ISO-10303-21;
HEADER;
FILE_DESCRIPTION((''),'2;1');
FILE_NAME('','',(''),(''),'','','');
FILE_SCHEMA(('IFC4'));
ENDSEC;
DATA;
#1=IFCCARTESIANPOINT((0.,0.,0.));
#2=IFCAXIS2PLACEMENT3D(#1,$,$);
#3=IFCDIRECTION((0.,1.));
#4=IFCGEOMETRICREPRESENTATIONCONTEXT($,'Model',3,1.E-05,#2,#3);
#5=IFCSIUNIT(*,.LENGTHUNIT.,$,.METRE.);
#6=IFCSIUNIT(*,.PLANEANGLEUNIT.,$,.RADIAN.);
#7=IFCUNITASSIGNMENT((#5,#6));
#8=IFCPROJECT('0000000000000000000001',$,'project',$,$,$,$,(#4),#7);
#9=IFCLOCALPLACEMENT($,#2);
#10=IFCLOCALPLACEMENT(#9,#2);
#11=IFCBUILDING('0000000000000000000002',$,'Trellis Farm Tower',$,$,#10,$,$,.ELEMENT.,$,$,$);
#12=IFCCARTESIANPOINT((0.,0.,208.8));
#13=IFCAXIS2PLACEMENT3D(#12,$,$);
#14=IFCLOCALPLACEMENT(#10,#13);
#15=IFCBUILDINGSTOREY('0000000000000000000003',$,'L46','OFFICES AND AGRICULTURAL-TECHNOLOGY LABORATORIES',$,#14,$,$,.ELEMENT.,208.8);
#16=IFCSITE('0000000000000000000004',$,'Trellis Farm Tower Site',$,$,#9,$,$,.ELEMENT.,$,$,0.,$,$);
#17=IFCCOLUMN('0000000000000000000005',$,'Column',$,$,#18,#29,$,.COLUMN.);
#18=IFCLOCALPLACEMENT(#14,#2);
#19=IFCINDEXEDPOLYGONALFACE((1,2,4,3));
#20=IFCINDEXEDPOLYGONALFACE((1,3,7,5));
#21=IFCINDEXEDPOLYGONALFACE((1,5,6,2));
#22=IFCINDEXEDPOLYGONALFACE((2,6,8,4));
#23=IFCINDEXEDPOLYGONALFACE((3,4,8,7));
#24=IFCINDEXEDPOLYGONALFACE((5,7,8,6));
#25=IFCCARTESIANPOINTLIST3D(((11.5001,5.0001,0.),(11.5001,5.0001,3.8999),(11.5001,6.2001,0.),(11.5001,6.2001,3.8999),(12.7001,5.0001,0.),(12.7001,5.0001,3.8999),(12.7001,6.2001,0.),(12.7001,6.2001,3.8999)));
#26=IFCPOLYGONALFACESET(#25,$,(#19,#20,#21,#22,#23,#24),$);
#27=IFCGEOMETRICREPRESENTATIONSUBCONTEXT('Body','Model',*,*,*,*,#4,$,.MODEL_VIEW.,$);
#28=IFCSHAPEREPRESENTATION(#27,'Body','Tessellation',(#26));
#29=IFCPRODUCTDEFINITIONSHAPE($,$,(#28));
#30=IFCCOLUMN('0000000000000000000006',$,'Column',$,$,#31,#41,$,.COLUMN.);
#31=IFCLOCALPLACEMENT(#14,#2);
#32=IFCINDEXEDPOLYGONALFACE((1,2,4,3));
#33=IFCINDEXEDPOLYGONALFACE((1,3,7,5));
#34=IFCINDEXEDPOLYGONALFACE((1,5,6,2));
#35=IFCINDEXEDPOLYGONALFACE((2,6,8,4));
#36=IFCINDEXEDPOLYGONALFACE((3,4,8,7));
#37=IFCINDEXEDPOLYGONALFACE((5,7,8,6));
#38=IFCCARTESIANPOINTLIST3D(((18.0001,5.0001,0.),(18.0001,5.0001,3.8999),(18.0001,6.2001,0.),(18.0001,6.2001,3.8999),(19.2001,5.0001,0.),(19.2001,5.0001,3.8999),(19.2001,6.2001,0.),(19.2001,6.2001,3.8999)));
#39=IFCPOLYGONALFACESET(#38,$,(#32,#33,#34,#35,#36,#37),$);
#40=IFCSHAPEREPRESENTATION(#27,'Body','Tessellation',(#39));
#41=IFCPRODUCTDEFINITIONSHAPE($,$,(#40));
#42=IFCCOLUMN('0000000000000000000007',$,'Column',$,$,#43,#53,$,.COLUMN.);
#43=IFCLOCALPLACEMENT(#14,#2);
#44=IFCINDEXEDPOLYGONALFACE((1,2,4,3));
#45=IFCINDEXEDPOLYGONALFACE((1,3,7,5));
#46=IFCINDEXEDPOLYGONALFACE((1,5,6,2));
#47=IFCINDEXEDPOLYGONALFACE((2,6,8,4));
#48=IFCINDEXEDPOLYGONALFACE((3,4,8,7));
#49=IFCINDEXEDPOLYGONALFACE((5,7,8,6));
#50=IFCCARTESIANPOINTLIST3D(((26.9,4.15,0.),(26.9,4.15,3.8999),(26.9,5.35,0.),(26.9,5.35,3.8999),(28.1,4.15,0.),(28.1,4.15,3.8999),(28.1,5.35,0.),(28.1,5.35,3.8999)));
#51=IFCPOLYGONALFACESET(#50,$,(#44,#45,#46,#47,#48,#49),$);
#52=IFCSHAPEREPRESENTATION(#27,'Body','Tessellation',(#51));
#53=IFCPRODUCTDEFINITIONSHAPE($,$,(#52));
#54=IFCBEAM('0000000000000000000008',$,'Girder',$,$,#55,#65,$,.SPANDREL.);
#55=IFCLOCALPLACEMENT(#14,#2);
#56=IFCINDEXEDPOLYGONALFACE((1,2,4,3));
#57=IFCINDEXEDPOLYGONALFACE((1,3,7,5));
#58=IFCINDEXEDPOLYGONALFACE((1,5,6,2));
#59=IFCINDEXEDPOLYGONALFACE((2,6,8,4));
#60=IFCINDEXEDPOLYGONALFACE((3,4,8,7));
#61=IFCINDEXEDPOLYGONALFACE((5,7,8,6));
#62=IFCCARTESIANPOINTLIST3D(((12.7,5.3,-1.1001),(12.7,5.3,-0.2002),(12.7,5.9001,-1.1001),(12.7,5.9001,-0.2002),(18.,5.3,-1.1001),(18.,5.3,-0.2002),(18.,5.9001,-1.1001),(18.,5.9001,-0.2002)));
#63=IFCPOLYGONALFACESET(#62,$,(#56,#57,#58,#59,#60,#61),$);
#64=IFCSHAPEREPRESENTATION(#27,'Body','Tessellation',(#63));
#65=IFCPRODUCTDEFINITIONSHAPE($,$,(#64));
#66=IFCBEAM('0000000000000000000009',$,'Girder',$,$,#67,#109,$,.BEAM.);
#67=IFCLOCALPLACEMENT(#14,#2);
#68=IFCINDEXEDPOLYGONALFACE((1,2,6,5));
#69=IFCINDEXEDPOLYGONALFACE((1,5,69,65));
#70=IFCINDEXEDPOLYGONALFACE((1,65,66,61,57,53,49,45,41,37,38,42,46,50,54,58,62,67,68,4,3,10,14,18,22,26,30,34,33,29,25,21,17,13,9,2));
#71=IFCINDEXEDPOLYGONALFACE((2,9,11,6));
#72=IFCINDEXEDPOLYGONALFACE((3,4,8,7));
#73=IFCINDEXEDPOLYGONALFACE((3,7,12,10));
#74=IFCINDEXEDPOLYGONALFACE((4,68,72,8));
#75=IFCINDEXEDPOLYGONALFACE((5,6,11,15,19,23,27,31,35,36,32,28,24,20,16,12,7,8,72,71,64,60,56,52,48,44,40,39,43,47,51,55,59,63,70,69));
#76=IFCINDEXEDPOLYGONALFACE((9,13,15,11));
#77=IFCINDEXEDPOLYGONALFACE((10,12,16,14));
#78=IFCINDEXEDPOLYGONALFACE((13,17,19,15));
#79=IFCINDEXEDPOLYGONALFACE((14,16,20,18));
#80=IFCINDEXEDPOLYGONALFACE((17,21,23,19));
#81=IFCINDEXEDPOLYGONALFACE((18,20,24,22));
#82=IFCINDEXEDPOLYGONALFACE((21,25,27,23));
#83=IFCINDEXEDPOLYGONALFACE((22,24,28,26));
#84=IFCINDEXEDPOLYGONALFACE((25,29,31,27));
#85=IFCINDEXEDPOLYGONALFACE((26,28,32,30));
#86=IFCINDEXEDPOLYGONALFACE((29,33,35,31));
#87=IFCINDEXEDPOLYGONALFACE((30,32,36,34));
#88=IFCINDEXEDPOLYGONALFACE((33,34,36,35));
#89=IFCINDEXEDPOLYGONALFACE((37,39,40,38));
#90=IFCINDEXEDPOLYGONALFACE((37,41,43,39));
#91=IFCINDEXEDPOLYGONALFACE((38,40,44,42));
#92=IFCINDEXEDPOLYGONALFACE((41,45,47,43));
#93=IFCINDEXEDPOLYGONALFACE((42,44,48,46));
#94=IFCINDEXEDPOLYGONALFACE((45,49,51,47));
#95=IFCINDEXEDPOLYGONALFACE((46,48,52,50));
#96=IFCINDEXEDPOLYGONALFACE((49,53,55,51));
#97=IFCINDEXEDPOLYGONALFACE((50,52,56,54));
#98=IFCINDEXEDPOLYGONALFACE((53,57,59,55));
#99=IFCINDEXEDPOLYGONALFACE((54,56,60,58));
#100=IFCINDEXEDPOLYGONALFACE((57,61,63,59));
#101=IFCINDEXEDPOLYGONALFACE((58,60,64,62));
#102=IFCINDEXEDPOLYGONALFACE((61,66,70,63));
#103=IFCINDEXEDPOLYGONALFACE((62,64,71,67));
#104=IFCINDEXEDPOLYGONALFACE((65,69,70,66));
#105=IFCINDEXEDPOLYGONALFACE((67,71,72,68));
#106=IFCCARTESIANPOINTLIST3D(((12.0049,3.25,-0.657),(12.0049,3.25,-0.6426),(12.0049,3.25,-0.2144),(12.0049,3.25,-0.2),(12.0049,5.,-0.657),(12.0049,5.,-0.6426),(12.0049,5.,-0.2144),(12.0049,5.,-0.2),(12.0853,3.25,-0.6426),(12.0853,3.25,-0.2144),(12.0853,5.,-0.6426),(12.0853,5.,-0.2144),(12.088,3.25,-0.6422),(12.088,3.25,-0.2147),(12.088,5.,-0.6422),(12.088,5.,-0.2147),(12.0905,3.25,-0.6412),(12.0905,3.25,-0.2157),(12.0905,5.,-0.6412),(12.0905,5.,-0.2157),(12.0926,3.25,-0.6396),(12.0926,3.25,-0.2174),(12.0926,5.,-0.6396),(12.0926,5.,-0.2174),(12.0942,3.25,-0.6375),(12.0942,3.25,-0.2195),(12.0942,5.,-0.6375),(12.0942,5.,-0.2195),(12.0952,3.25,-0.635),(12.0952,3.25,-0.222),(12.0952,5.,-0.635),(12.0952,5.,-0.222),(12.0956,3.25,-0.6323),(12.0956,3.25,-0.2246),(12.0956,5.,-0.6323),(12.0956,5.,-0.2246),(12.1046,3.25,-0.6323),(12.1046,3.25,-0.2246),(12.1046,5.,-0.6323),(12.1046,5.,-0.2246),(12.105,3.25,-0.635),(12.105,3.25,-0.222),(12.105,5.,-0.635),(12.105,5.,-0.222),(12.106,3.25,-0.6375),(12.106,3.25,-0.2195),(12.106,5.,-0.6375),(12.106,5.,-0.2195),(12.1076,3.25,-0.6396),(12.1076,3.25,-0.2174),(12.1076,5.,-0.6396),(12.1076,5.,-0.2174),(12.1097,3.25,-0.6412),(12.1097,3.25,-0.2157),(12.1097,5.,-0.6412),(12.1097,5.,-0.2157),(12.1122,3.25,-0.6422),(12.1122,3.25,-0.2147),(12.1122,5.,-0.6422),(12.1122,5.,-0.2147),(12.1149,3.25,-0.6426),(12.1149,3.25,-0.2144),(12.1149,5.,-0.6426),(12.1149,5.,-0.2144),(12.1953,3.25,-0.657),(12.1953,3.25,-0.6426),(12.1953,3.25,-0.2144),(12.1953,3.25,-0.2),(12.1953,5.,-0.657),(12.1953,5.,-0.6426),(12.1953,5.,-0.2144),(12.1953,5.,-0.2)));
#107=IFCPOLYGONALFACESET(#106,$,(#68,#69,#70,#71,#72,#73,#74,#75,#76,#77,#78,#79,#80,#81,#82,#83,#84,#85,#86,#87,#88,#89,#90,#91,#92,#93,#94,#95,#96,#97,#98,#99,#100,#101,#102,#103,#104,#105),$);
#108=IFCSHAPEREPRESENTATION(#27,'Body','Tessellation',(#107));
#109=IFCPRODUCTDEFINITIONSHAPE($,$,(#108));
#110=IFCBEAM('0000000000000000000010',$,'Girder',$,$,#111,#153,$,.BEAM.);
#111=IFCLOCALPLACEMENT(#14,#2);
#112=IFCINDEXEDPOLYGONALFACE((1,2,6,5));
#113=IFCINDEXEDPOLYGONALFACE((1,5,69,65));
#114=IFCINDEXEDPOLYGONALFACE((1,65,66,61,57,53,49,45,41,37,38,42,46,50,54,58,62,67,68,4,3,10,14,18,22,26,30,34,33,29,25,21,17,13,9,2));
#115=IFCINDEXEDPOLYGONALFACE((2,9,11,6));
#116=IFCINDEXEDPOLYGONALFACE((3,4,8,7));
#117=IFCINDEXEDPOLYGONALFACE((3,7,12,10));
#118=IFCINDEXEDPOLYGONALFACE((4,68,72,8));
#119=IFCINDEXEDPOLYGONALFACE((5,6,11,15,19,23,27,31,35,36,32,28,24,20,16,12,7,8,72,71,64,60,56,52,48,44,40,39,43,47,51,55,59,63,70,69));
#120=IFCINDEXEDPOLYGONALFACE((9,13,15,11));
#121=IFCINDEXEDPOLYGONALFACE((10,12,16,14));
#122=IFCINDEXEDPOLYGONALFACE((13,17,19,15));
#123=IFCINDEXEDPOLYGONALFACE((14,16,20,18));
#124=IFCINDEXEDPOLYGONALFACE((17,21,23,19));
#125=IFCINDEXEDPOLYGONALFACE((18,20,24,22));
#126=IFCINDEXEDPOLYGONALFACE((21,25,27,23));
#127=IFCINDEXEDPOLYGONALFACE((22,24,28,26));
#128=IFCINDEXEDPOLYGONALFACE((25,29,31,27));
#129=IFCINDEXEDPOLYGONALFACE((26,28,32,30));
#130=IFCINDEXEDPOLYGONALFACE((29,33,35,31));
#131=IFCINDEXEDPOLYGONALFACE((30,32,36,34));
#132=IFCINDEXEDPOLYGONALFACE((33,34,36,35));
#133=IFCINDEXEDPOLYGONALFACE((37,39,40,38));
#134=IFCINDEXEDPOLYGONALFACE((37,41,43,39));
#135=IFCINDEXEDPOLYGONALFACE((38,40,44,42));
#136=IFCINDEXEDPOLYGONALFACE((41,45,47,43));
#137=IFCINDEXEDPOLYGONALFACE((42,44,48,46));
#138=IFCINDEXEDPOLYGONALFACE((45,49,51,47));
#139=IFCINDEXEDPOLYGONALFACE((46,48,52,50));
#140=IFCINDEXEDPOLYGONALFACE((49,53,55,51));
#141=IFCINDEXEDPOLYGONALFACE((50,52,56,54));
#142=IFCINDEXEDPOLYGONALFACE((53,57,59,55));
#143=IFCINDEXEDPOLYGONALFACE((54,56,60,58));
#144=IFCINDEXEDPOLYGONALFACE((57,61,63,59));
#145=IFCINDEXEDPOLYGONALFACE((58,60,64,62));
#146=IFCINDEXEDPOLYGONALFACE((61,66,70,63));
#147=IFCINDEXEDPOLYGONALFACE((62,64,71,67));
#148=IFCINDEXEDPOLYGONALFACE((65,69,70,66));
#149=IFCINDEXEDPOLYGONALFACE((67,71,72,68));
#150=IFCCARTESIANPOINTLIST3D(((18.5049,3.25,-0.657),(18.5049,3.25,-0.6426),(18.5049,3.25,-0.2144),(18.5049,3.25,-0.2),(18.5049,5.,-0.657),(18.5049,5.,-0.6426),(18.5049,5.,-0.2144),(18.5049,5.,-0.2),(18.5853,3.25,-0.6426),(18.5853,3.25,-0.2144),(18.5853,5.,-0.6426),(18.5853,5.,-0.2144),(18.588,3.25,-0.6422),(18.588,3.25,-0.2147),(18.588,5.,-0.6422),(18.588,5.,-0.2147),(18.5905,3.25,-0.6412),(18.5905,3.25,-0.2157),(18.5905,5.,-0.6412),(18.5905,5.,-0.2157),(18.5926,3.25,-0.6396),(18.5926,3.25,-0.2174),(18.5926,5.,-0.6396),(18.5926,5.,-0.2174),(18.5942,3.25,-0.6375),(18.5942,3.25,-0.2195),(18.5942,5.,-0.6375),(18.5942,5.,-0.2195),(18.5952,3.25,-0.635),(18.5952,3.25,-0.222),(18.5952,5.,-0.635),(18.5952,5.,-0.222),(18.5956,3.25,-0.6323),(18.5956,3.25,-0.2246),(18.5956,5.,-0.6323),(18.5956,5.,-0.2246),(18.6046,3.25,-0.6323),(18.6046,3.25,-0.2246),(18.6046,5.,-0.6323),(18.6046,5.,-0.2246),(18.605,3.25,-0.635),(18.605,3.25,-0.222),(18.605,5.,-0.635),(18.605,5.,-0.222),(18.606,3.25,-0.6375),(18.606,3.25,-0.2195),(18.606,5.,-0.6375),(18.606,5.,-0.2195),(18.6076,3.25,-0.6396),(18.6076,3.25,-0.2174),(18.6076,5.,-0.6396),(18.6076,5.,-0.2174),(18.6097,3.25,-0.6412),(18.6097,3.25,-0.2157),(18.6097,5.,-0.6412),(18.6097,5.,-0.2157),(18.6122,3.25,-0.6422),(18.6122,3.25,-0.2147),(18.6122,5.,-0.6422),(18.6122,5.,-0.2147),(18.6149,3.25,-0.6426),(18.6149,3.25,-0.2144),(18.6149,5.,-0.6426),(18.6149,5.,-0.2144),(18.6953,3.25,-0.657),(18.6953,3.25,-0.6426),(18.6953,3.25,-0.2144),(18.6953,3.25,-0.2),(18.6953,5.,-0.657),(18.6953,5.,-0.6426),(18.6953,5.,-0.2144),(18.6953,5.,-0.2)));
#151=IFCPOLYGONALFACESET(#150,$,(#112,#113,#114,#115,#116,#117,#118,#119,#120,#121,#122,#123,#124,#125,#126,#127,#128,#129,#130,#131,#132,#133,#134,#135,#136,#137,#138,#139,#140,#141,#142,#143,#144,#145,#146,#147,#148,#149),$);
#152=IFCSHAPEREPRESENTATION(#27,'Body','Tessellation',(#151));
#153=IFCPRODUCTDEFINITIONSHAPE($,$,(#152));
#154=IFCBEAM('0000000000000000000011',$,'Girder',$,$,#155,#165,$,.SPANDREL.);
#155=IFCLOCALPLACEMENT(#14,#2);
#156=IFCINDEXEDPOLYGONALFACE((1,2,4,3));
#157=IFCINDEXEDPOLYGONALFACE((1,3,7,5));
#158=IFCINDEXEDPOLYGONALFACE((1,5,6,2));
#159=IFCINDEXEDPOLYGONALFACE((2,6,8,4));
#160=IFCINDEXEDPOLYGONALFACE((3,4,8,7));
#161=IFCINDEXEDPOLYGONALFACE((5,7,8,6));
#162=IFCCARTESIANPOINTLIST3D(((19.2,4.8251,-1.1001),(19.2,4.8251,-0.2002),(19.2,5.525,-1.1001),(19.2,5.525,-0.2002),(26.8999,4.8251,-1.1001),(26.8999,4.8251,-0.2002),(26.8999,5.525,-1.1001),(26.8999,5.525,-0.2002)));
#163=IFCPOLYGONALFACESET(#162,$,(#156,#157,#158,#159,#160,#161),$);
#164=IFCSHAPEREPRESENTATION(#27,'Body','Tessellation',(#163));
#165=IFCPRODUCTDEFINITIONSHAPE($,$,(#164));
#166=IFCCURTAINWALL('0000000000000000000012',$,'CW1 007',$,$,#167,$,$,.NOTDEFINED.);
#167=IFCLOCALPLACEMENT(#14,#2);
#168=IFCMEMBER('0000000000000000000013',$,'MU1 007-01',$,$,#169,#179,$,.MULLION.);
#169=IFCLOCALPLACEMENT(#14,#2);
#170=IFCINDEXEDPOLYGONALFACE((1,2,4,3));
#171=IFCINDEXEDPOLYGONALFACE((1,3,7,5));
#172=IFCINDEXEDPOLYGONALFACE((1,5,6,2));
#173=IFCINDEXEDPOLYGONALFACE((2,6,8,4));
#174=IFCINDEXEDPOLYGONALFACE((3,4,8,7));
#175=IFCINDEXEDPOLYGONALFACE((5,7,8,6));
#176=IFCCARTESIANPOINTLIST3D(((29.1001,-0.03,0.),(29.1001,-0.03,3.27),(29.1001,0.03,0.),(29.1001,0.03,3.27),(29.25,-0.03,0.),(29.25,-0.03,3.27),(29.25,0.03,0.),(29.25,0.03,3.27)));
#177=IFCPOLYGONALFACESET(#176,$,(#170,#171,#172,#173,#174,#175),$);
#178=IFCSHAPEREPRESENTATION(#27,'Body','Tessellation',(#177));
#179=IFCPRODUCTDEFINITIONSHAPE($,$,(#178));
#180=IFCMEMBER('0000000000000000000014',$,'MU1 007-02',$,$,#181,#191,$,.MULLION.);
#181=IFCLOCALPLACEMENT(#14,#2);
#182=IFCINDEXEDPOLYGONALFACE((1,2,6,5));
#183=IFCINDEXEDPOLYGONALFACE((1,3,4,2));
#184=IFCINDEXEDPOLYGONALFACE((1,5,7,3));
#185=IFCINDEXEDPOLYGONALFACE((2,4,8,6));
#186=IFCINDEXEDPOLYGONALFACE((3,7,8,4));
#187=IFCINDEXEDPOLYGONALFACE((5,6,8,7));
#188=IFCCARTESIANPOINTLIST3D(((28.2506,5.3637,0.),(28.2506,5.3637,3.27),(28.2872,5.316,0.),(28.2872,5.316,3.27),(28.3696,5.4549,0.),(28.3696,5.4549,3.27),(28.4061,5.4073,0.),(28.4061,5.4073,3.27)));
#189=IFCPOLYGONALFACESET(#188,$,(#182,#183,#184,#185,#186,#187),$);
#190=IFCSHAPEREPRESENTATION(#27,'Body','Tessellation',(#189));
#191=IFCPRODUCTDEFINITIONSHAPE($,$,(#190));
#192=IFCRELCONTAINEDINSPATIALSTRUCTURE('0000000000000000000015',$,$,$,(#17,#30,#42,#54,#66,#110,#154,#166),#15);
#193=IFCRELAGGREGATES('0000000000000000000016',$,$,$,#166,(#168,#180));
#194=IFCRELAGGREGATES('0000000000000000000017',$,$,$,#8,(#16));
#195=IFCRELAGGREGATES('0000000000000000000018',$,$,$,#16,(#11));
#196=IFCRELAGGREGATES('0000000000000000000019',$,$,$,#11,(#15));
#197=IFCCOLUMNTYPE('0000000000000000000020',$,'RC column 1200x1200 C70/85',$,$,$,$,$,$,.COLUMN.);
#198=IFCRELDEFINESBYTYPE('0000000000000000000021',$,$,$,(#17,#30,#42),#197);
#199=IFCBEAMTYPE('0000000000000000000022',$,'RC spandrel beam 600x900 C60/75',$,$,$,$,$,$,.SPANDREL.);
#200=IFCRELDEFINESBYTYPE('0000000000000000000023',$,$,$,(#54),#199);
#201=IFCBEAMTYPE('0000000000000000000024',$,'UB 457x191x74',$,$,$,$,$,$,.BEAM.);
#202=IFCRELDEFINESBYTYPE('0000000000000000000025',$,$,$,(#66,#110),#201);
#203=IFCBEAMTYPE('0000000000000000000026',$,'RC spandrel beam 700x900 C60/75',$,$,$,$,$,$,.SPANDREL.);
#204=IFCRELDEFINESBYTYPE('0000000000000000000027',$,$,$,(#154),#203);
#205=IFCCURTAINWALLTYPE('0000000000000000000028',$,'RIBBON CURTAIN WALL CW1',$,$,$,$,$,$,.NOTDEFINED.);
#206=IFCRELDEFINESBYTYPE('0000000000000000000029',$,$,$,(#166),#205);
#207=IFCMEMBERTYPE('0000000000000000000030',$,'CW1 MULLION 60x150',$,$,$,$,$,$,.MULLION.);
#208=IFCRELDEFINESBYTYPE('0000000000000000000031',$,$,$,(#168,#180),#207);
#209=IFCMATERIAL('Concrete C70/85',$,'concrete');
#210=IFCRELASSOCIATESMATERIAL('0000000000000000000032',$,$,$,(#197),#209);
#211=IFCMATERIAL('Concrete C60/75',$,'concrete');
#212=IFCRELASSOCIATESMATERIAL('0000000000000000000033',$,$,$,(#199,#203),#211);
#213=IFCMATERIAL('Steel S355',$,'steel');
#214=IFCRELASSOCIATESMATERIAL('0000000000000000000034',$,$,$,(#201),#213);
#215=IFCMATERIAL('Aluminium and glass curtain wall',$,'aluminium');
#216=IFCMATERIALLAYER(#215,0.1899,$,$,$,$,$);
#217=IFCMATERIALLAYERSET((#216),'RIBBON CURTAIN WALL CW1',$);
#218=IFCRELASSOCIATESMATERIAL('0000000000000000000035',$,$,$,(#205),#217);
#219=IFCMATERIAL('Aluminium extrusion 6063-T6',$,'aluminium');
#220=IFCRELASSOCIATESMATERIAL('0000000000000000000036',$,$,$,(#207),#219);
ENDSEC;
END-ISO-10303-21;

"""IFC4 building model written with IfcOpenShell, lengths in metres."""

from ifc_helpers import new_model, si_unit, direction, frame, origin, origin_2d, place, context, subcontext, project, spatial, rectangle, i_section, extrude, source, transform, mapped, material, layer, layer_set, material_profile, profile_set, type_object, element, aggregate, save


model = new_model("IFC4")

# Units and contexts
model_context = context("Model", 3, precision=1e-05, world=origin(), true_north=direction((0.0, 1.0)))
body_context = subcontext(model_context, "Body", "Model", "MODEL_VIEW")
ifc_project = project(units=[si_unit("LENGTHUNIT", "METRE"), si_unit("PLANEANGLEUNIT", "RADIAN")], contexts=[model_context])

# Site, building, storey
site_placement = place(None, origin())
site = spatial("IfcSite", under=ifc_project, at=site_placement, Name="Trellis Farm Tower Site", CompositionType="ELEMENT", RefElevation=0.0)
building_placement = place(site_placement, origin())
building = spatial("IfcBuilding", under=site, at=building_placement, Name="Trellis Farm Tower", CompositionType="ELEMENT")
storey_placement = place(building_placement, frame((0.0, 0.0, 208.8)))
storey = spatial("IfcBuildingStorey", under=building, at=storey_placement, Name="L46", Description="OFFICES AND AGRICULTURAL-TECHNOLOGY LABORATORIES", CompositionType="ELEMENT", Elevation=208.8)

# Columns
ifc_material_1 = material(Name="Concrete C70/85", Category="concrete")
ifc_material_profile_1 = material_profile(ifc_material_1, rectangle(XDim=1.2, YDim=1.2, at=origin_2d()), Name="RC column 1200x1200 C70/85")
ifc_profile_set_1 = profile_set([ifc_material_profile_1], Name="Concrete C70/85")
column_type = type_object("IfcColumnType", Name="RC column 1200x1200 C70/85", PredefinedType="COLUMN", material=ifc_profile_set_1)
shared_shape_1 = source(origin(), body_context, "Body", "SweptSolid", [
    extrude(rectangle(XDim=1.2, YDim=1.2, at=origin_2d()), origin(), (0.0, 0.0, 1.0), 3.8999),
])
for number, where, z_axis, x_axis, name in (
    (1, (12.1001, 5.6001, 0.0), (0.0, 0.0, 1.0), (1.0, 0.0, 0.0), "Column"),
    (2, (18.6001, 5.6001, 0.0), (0.0, 0.0, 1.0), (1.0, 0.0, 0.0), "Column"),
    (3, (27.5, 4.75, 0.0), (0.0, 0.0, 1.0), (1.0, 0.0, 0.0), "Column"),
):
    element("IfcColumn", number, at=place(storey_placement, frame(where, z_axis=z_axis, x_axis=x_axis)), inside=storey, type_object=column_type, Name=name, PredefinedType="COLUMN", context=body_context, shape_type="MappedRepresentation", body=[
        mapped(shared_shape_1, transform((0.0, 0.0, 0.0))),
    ])

# Beams
ifc_material_2 = material(Name="Concrete C60/75", Category="concrete")
ifc_material_profile_2 = material_profile(ifc_material_2, rectangle(XDim=0.6001, YDim=0.8999, at=origin_2d()), Name="RC spandrel beam 600x900 C60/75")
ifc_profile_set_2 = profile_set([ifc_material_profile_2], Name="Concrete C60/75")
beam_type_1 = type_object("IfcBeamType", Name="RC spandrel beam 600x900 C60/75", PredefinedType="SPANDREL", material=ifc_profile_set_2)
shared_shape_2 = source(origin(), body_context, "Body", "SweptSolid", [
    extrude(rectangle(XDim=0.6001, YDim=0.8999, at=origin_2d()), origin(), (0.0, 0.0, 1.0), 5.3),
])
beam_1_placement = place(storey_placement, frame((12.7, 5.6001, -0.6501), z_axis=(1.0, 0.0, 0.0), x_axis=(0.0, 1.0, 0.0)))
element("IfcBeam", 4, at=beam_1_placement, inside=storey, type_object=beam_type_1, Name="Girder", PredefinedType="SPANDREL", context=body_context, shape_type="MappedRepresentation", body=[
    mapped(shared_shape_2, transform((0.0, 0.0, 0.0))),
])
ifc_material_3 = material(Name="Steel S355", Category="steel")
ifc_material_profile_3 = material_profile(ifc_material_3, i_section(OverallWidth=0.1904, OverallDepth=0.457, WebThickness=0.009, FlangeThickness=0.0144, FilletRadius=0.0103, at=origin_2d()), Name="UB 457x191x74")
ifc_profile_set_3 = profile_set([ifc_material_profile_3], Name="Steel S355")
beam_type_2 = type_object("IfcBeamType", Name="UB 457x191x74", PredefinedType="BEAM", material=ifc_profile_set_3)
shared_shape_3 = source(origin(), body_context, "Body", "SweptSolid", [
    extrude(i_section(OverallWidth=0.1904, OverallDepth=0.457, WebThickness=0.009, FlangeThickness=0.0144, FilletRadius=0.0103, at=origin_2d()), origin(), (0.0, 0.0, 1.0), 1.75),
])
for number, where, z_axis, x_axis, name in (
    (5, (12.1001, 3.25, -0.4285), (0.0, 1.0, 0.0), (-1.0, 0.0, 0.0), "Girder"),
    (6, (18.6001, 3.25, -0.4285), (0.0, 1.0, 0.0), (-1.0, 0.0, 0.0), "Girder"),
):
    element("IfcBeam", number, at=place(storey_placement, frame(where, z_axis=z_axis, x_axis=x_axis)), inside=storey, type_object=beam_type_2, Name=name, PredefinedType="BEAM", context=body_context, shape_type="MappedRepresentation", body=[
        mapped(shared_shape_3, transform((0.0, 0.0, 0.0))),
    ])
ifc_material_profile_4 = material_profile(ifc_material_2, rectangle(XDim=0.7, YDim=0.8999, at=origin_2d()), Name="RC spandrel beam 700x900 C60/75")
ifc_profile_set_4 = profile_set([ifc_material_profile_4], Name="Concrete C60/75")
beam_type_3 = type_object("IfcBeamType", Name="RC spandrel beam 700x900 C60/75", PredefinedType="SPANDREL", material=ifc_profile_set_4)
shared_shape_4 = source(origin(), body_context, "Body", "SweptSolid", [
    extrude(rectangle(XDim=0.7, YDim=0.8999, at=origin_2d()), origin(), (0.0, 0.0, 1.0), 7.7),
])
beam_2_placement = place(storey_placement, frame((19.2, 5.175, -0.6501), z_axis=(1.0, 0.0, 0.0), x_axis=(0.0, 1.0, 0.0)))
element("IfcBeam", 7, at=beam_2_placement, inside=storey, type_object=beam_type_3, Name="Girder", PredefinedType="SPANDREL", context=body_context, shape_type="MappedRepresentation", body=[
    mapped(shared_shape_4, transform((0.0, 0.0, 0.0))),
])

# Curtain wall, members
ifc_material_4 = material(Name="Aluminium and glass curtain wall", Category="aluminium")
ifc_layer_1 = layer(ifc_material_4, 0.1899)
ifc_layer_set_1 = layer_set([ifc_layer_1], Name="RIBBON CURTAIN WALL CW1")
curtain_wall_type = type_object("IfcCurtainWallType", Name="RIBBON CURTAIN WALL CW1", PredefinedType="NOTDEFINED", material=ifc_layer_set_1)
placement = place(storey_placement, origin())
curtain_wall_1 = element("IfcCurtainWall", 8, at=placement, inside=storey, type_object=curtain_wall_type, Name="CW1 007", PredefinedType="NOTDEFINED")
ifc_material_5 = material(Name="Aluminium extrusion 6063-T6", Category="aluminium")
ifc_material_profile_5 = material_profile(ifc_material_5, rectangle(XDim=0.0601, YDim=0.1499, at=origin_2d()), Name="MULLION 60x150")
ifc_profile_set_5 = profile_set([ifc_material_profile_5], Name="Aluminium extrusion 6063-T6")
member_type = type_object("IfcMemberType", Name="CW1 MULLION 60x150", PredefinedType="MULLION", material=ifc_profile_set_5)
shared_shape_5 = source(origin(), body_context, "Body", "SweptSolid", [
    extrude(rectangle(XDim=0.0601, YDim=0.1499, at=origin_2d()), origin(), (0.0, 0.0, 1.0), 3.27),
])
member_1_placement = place(storey_placement, frame((29.175, 0.0, 0.0), z_axis=(0.0, 0.0, 1.0), x_axis=(0.0, 1.0, 0.0)))
member_1 = element("IfcMember", 9, at=member_1_placement, type_object=member_type, Name="MU1 007-01", PredefinedType="MULLION", context=body_context, shape_type="MappedRepresentation", body=[
    mapped(shared_shape_5, transform((0.0, 0.0, 0.0))),
])
member_2_placement = place(storey_placement, frame((28.3284, 5.3855, 0.0), z_axis=(0.0, 0.0, 1.0), x_axis=(-0.608761, 0.793353, 0.0)))
member_2 = element("IfcMember", 10, at=member_2_placement, type_object=member_type, Name="MU1 007-02", PredefinedType="MULLION", context=body_context, shape_type="MappedRepresentation", body=[
    mapped(shared_shape_5, transform((0.0, 0.0, 0.0))),
])
aggregate(curtain_wall_1, [member_1, member_2])

save(model, "model.ifc")
